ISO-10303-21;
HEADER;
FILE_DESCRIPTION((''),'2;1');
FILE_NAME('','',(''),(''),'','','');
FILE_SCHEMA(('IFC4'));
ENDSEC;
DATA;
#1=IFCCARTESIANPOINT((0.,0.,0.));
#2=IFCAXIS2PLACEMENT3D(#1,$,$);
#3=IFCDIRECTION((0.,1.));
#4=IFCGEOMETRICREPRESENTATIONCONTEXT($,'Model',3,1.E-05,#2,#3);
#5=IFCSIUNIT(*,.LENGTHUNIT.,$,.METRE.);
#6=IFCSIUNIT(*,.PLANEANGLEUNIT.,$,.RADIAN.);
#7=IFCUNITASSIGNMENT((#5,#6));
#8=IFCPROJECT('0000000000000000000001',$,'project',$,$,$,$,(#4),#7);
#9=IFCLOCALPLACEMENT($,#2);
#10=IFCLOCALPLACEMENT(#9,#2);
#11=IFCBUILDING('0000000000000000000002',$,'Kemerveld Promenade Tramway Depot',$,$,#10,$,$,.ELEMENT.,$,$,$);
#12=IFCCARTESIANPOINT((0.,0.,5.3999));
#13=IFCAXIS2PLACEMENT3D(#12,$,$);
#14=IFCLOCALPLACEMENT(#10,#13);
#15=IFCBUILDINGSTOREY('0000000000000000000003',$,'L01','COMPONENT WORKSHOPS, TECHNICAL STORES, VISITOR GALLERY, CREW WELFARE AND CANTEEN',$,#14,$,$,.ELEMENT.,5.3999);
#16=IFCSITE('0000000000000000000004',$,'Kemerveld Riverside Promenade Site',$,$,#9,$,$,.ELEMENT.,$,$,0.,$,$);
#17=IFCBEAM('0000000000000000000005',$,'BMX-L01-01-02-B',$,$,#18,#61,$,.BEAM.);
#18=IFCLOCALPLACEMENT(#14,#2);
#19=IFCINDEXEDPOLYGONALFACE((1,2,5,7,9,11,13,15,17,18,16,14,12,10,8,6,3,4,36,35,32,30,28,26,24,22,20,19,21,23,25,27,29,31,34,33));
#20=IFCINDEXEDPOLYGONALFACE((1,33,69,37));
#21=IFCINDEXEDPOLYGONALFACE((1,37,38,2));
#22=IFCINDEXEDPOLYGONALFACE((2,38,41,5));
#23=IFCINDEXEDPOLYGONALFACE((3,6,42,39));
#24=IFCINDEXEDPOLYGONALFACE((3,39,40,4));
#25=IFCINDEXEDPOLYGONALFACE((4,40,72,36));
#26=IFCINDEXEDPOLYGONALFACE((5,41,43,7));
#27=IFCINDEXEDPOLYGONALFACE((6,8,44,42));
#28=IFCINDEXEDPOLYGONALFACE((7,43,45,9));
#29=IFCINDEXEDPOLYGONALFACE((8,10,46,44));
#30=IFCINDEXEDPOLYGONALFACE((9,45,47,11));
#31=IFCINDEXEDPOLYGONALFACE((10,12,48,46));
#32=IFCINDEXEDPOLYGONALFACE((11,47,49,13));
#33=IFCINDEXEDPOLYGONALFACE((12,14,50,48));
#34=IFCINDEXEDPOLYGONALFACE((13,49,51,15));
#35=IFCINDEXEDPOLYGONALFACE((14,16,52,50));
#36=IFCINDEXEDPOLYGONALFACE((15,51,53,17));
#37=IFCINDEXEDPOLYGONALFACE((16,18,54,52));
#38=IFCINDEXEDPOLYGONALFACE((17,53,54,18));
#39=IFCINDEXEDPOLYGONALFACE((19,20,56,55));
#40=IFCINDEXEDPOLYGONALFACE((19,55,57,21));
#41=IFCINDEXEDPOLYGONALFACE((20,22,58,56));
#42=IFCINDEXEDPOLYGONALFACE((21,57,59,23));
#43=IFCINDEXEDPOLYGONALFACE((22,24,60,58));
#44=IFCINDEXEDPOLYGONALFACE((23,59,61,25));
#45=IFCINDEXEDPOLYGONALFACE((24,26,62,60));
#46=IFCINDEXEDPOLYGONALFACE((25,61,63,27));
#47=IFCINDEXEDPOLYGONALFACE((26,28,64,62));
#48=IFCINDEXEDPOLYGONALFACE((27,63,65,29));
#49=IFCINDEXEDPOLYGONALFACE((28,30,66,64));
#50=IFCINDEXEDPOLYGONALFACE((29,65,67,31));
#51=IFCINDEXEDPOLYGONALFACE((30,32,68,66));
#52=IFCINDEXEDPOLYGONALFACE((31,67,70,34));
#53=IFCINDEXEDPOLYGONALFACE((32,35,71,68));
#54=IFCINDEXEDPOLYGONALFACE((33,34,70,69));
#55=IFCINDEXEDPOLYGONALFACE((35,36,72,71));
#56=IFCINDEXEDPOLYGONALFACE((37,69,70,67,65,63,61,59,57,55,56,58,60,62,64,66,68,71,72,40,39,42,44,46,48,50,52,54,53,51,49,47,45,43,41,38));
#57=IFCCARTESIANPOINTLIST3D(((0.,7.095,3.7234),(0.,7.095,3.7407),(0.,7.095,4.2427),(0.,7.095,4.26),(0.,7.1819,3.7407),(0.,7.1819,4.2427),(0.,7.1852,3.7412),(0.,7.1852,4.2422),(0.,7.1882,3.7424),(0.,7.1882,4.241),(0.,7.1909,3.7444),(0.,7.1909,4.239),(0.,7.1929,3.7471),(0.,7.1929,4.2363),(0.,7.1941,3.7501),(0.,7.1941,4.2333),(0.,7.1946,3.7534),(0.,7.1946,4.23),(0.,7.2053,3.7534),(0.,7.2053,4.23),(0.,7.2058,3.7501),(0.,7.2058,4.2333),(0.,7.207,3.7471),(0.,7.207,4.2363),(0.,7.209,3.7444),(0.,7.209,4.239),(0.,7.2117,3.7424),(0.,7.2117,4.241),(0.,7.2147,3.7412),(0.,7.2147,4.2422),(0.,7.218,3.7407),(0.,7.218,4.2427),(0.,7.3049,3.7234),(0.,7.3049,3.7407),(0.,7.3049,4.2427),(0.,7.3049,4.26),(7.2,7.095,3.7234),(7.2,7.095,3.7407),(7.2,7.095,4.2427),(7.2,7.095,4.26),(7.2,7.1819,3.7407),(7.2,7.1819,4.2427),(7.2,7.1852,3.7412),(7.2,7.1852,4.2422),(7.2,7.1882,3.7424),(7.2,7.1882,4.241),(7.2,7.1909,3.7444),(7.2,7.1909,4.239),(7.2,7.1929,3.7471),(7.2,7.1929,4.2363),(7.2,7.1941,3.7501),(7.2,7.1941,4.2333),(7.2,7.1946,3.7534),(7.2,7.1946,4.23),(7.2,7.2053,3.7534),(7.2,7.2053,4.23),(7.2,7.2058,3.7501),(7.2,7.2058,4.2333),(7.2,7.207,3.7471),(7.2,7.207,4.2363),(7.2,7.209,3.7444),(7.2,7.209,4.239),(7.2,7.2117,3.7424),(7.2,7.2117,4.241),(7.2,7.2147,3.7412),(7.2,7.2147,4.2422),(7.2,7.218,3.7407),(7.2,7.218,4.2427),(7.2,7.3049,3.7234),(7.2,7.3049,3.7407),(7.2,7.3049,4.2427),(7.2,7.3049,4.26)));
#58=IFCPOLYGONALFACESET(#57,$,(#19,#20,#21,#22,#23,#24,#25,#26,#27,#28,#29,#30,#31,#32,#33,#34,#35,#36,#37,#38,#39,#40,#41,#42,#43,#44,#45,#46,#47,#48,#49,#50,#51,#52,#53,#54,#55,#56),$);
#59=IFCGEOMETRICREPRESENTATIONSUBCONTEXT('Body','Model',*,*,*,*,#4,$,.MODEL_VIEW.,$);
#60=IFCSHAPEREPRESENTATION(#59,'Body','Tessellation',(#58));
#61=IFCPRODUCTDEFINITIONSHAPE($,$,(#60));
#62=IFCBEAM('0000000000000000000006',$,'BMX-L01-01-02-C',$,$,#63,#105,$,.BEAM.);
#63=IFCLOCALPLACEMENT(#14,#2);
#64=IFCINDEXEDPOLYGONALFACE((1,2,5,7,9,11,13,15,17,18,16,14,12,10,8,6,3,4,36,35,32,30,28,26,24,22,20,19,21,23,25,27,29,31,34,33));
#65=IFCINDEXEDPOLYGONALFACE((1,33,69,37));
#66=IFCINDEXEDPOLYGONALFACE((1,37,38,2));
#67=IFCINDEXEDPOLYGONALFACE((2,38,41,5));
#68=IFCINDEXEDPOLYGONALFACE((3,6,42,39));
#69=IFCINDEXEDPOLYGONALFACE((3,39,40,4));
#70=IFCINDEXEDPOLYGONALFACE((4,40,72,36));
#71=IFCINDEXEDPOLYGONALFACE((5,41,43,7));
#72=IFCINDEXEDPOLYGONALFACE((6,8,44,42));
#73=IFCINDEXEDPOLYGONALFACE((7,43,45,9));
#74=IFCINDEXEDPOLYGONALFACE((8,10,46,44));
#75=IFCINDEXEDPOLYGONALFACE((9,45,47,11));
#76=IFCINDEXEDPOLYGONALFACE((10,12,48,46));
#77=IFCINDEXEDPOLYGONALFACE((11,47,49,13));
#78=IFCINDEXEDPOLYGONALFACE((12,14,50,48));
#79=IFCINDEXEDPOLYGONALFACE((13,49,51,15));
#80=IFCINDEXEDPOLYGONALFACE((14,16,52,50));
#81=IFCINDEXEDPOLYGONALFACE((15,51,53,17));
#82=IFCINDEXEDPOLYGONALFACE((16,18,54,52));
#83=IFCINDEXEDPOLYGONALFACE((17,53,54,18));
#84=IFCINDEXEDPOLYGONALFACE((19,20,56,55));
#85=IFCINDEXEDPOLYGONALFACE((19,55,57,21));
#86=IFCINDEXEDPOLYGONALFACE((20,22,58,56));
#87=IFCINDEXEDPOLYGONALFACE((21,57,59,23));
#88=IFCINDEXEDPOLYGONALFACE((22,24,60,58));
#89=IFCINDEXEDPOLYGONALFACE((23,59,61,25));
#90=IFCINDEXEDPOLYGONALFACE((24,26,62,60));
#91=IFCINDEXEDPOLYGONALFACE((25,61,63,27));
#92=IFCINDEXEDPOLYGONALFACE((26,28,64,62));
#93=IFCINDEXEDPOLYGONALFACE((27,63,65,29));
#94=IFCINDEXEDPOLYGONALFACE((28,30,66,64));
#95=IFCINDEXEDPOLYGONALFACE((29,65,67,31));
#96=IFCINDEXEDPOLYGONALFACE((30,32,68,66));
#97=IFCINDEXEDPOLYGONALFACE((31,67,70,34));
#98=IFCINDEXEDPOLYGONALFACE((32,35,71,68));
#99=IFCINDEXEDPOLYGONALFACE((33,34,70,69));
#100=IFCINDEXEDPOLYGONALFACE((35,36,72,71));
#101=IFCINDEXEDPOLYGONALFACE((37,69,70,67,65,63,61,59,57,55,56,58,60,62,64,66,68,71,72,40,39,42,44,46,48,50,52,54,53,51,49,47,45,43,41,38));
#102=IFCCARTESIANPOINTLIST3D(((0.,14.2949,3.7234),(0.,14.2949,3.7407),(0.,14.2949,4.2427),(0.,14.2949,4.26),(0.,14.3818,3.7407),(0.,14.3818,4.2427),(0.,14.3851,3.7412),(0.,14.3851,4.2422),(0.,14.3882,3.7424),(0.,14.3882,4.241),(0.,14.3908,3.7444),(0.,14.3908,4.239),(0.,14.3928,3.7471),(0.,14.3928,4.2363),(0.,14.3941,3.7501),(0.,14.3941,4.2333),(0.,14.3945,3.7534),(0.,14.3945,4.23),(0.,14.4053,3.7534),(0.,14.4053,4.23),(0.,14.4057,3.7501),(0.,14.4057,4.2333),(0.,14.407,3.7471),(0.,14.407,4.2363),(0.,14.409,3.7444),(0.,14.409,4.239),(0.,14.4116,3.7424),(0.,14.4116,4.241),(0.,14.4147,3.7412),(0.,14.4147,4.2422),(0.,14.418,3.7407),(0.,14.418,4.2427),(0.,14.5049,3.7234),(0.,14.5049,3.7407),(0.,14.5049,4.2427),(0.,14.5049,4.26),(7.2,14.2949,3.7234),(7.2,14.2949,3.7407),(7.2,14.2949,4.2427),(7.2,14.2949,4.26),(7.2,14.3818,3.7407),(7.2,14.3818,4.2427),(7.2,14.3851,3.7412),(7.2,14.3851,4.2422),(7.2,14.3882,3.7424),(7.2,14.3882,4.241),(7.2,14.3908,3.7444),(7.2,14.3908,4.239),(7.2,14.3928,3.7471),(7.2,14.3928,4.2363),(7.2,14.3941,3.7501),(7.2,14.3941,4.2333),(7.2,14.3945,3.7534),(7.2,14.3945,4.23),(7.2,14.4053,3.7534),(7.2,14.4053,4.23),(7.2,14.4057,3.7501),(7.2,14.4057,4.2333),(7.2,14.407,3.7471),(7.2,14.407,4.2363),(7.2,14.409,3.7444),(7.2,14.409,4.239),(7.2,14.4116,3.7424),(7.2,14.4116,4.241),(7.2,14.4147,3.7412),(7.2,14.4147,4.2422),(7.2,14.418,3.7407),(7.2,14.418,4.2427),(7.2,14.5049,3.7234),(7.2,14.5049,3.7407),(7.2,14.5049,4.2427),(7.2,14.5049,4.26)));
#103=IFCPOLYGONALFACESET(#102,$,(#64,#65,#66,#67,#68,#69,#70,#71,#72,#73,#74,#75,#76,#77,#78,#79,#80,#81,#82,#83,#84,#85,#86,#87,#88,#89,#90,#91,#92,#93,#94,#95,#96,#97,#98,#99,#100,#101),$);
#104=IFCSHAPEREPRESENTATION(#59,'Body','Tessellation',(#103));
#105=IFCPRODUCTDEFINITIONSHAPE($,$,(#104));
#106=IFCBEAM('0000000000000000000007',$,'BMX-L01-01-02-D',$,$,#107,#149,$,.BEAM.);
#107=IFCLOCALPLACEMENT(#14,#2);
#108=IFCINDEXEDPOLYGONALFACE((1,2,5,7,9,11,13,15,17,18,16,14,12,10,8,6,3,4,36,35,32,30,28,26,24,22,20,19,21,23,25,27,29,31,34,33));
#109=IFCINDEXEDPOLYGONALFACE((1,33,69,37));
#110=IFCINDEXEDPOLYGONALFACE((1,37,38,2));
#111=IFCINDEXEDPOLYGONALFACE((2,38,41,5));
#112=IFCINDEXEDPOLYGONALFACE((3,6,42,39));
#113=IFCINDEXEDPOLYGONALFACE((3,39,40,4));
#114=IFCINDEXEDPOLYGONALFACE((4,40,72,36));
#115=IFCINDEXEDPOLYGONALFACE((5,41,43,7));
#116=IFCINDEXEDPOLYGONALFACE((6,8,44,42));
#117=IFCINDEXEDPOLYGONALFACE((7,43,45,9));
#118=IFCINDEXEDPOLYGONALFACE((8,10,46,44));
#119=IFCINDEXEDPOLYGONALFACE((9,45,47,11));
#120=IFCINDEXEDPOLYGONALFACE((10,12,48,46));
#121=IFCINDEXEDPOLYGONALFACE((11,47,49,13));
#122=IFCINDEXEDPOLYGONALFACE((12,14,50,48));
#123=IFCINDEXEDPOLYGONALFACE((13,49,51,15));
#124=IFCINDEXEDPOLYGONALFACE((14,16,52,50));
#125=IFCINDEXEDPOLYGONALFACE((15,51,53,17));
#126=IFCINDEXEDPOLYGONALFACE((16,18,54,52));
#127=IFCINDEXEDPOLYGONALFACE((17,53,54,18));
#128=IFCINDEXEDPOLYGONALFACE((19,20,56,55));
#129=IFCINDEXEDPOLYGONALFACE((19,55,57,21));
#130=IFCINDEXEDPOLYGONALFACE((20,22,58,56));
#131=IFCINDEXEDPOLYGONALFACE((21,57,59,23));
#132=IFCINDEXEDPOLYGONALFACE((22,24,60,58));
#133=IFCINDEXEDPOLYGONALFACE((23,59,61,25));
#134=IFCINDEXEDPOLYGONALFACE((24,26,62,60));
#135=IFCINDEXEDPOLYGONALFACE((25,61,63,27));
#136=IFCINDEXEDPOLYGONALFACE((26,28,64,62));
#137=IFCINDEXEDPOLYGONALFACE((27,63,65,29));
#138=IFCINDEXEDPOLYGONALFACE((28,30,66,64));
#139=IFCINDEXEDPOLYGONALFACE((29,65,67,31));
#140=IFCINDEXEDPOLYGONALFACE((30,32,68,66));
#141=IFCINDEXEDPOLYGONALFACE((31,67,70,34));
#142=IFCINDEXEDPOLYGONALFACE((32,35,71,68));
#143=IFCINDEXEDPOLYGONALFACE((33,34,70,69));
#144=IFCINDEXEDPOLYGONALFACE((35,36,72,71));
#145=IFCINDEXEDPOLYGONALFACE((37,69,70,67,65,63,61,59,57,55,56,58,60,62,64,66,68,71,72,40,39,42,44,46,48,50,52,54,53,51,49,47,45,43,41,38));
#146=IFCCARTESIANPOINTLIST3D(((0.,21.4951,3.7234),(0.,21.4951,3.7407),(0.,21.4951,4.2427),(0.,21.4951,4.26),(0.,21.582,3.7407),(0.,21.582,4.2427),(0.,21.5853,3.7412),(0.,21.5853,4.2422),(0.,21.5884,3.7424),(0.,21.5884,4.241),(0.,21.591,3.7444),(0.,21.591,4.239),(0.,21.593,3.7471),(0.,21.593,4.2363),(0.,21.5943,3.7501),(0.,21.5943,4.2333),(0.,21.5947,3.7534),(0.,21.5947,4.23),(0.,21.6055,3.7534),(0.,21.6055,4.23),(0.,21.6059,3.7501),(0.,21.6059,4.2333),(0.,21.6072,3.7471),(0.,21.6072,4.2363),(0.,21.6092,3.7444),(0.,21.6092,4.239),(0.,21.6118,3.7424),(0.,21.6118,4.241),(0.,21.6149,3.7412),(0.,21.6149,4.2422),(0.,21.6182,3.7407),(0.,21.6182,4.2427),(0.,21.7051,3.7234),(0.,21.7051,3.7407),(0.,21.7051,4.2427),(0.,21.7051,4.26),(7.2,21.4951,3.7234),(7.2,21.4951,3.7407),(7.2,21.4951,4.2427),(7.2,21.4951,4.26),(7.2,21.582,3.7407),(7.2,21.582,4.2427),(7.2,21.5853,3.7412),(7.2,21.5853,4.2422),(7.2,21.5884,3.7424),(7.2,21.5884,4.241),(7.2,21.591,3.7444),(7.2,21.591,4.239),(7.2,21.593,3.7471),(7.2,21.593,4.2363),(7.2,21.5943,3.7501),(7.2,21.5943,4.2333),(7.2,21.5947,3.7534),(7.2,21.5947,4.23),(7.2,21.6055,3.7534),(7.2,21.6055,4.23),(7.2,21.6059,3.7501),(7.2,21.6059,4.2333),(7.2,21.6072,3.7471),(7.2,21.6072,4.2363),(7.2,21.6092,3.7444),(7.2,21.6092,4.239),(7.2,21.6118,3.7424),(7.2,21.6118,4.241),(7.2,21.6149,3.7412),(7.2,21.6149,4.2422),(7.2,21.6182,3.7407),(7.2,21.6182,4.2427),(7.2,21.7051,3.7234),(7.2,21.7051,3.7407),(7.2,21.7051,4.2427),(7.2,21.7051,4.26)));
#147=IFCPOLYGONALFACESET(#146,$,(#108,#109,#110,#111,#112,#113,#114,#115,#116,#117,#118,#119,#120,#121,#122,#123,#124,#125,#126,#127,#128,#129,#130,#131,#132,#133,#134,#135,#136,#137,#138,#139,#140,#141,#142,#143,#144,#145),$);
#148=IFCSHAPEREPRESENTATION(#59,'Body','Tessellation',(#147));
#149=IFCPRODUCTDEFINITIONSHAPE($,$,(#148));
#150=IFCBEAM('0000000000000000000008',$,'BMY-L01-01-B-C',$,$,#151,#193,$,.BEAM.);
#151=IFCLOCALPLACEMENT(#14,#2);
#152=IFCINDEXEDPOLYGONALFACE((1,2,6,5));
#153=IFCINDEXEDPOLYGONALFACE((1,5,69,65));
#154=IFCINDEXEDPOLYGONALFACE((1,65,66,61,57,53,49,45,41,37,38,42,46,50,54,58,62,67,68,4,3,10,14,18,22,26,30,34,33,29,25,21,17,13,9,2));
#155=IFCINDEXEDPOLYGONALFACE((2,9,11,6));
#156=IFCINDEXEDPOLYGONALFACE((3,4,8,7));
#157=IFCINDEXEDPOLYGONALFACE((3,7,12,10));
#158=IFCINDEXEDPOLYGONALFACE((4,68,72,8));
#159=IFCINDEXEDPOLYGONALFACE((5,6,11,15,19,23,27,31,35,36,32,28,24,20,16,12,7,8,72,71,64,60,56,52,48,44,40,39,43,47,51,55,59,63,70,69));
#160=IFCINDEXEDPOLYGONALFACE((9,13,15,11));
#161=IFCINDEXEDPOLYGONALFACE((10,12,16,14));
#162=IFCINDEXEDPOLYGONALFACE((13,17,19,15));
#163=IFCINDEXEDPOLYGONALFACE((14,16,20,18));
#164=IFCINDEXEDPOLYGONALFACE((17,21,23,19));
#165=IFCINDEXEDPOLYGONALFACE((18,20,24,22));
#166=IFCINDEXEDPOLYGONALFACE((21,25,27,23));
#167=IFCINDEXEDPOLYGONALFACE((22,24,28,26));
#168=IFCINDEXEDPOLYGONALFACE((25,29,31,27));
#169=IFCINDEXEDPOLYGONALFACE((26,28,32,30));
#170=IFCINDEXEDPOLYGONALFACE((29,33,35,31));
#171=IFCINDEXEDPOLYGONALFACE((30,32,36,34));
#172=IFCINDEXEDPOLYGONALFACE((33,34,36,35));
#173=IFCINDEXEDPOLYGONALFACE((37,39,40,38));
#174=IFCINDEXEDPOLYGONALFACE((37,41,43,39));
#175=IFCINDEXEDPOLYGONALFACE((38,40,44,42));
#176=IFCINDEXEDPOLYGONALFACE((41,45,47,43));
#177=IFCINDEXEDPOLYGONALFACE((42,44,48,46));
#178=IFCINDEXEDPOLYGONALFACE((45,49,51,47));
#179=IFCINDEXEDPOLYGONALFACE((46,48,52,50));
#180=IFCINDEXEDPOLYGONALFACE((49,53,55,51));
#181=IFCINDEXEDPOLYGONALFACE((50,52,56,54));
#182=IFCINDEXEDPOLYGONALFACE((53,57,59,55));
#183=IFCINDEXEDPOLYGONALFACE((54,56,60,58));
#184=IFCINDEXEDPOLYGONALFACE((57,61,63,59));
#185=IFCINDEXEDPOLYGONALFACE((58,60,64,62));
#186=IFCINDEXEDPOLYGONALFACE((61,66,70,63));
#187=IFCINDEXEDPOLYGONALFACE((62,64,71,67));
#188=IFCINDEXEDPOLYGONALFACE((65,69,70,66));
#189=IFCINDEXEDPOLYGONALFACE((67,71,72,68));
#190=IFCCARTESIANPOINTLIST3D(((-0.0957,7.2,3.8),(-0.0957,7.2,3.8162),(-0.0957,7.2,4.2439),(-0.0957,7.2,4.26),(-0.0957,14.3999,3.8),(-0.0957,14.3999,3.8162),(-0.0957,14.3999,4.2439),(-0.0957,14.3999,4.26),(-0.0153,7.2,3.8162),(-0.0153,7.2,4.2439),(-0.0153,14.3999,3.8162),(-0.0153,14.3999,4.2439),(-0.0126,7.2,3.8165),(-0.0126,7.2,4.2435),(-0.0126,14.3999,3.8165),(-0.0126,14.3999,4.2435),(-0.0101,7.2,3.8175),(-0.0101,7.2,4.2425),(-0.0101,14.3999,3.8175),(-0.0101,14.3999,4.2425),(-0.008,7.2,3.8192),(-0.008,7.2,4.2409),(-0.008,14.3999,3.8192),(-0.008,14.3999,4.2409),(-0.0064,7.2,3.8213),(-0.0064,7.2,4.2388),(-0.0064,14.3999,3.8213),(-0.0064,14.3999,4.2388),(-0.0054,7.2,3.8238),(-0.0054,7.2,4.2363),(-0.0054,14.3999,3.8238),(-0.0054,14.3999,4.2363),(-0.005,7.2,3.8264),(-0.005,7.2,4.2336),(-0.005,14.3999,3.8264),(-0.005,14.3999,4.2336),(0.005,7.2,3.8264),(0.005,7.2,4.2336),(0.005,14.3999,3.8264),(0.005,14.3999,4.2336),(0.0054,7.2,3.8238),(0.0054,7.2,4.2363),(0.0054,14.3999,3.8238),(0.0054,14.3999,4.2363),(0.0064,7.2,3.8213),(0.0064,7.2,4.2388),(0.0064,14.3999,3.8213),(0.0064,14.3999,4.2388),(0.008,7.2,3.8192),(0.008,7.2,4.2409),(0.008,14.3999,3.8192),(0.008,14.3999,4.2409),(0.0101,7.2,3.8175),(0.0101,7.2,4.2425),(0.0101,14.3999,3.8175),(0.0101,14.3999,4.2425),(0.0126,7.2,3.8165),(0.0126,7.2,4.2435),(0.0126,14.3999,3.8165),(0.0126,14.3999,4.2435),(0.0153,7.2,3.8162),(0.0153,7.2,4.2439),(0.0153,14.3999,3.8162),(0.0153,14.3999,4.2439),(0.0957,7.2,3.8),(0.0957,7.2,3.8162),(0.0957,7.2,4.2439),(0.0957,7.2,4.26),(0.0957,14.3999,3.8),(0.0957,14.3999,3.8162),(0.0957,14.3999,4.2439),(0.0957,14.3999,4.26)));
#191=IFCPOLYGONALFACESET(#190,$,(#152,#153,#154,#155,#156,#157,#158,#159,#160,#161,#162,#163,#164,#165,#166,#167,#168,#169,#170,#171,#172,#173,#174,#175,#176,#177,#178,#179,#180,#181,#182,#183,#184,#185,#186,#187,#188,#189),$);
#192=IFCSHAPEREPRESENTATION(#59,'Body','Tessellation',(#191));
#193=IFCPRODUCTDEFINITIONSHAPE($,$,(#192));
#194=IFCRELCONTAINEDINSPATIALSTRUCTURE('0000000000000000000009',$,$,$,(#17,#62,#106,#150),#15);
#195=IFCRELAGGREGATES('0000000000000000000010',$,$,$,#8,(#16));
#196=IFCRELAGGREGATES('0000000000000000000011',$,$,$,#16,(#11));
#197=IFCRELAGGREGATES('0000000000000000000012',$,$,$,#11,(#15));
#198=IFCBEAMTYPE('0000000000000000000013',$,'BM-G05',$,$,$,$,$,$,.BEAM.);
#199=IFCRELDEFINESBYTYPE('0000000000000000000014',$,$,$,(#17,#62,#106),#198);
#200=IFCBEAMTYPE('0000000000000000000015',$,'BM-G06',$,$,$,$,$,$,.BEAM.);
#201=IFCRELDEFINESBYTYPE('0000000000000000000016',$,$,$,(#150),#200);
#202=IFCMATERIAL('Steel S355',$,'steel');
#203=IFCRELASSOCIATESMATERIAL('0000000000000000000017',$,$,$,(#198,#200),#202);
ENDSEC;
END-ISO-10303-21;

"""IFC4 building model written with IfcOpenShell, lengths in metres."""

from ifc_helpers import new_model, si_unit, direction, frame, origin, origin_2d, place, context, subcontext, project, spatial, i_section, extrude, material, material_profile, profile_set, type_object, element, save


model = new_model("IFC4")

# Units and contexts
model_context = context("Model", 3, precision=1e-05, world=origin(), true_north=direction((0.0, 1.0)))
body_context = subcontext(model_context, "Body", "Model", "MODEL_VIEW")
ifc_project = project(units=[si_unit("LENGTHUNIT", "METRE"), si_unit("PLANEANGLEUNIT", "RADIAN")], contexts=[model_context])

# Site, building, storey
site_placement = place(None, origin())
site = spatial("IfcSite", under=ifc_project, at=site_placement, Name="Kemerveld Riverside Promenade Site", CompositionType="ELEMENT", RefElevation=0.0)
building_placement = place(site_placement, origin())
building = spatial("IfcBuilding", under=site, at=building_placement, Name="Kemerveld Promenade Tramway Depot", CompositionType="ELEMENT")
storey_placement = place(building_placement, frame((0.0, 0.0, 5.3999)))
storey = spatial("IfcBuildingStorey", under=building, at=storey_placement, Name="L01", Description="COMPONENT WORKSHOPS, TECHNICAL STORES, VISITOR GALLERY, CREW WELFARE AND CANTEEN", CompositionType="ELEMENT", Elevation=5.3999)

# Shared definitions
ifc_material_1 = material(Name="Steel S355", Category="steel")

# Beams
ifc_material_profile_1 = material_profile(ifc_material_1, i_section(OverallWidth=0.21, OverallDepth=0.5366, WebThickness=0.0107, FlangeThickness=0.0173, FilletRadius=0.0127, at=origin_2d()), Name="533x210x101 UB")
ifc_profile_set_1 = profile_set([ifc_material_profile_1], Name="Steel S355")
beam_type_1 = type_object("IfcBeamType", Name="BM-G05", PredefinedType="BEAM", material=ifc_profile_set_1)
for number, where, z_axis, x_axis, name in (
    (1, (0.0, 7.2, 3.9917), (1.0, 0.0, 0.0), (0.0, 1.0, 0.0), "BMX-L01-01-02-B"),
    (2, (0.0, 14.3999, 3.9917), (1.0, 0.0, 0.0), (0.0, 1.0, 0.0), "BMX-L01-01-02-C"),
    (3, (0.0, 21.6001, 3.9917), (1.0, 0.0, 0.0), (0.0, 1.0, 0.0), "BMX-L01-01-02-D"),
):
    element("IfcBeam", number, at=place(storey_placement, frame(where, z_axis=z_axis, x_axis=x_axis)), inside=storey, type_object=beam_type_1, Name=name, PredefinedType="BEAM", context=body_context, shape_type="SweptSolid", body=[
        extrude(i_section(OverallWidth=0.21, OverallDepth=0.5366, WebThickness=0.0107, FlangeThickness=0.0173, FilletRadius=0.0127, at=origin_2d()), origin(), (0.0, 0.0, 1.0), 7.2),
    ])
ifc_material_profile_2 = material_profile(ifc_material_1, i_section(OverallWidth=0.1914, OverallDepth=0.46, WebThickness=0.01, FlangeThickness=0.0161, FilletRadius=0.0103, at=origin_2d()), Name="457x191x82 UB")
ifc_profile_set_2 = profile_set([ifc_material_profile_2], Name="Steel S355")
beam_type_2 = type_object("IfcBeamType", Name="BM-G06", PredefinedType="BEAM", material=ifc_profile_set_2)
beam_1_placement = place(storey_placement, frame((0.0, 7.2, 4.03), z_axis=(0.0, 1.0, 0.0), x_axis=(-1.0, 0.0, 0.0)))
element("IfcBeam", 4, at=beam_1_placement, inside=storey, type_object=beam_type_2, Name="BMY-L01-01-B-C", PredefinedType="BEAM", context=body_context, shape_type="SweptSolid", body=[
    extrude(i_section(OverallWidth=0.1914, OverallDepth=0.46, WebThickness=0.01, FlangeThickness=0.0161, FilletRadius=0.0103, at=origin_2d()), origin(), (0.0, 0.0, 1.0), 7.2),
])

save(model, "model.ifc")
